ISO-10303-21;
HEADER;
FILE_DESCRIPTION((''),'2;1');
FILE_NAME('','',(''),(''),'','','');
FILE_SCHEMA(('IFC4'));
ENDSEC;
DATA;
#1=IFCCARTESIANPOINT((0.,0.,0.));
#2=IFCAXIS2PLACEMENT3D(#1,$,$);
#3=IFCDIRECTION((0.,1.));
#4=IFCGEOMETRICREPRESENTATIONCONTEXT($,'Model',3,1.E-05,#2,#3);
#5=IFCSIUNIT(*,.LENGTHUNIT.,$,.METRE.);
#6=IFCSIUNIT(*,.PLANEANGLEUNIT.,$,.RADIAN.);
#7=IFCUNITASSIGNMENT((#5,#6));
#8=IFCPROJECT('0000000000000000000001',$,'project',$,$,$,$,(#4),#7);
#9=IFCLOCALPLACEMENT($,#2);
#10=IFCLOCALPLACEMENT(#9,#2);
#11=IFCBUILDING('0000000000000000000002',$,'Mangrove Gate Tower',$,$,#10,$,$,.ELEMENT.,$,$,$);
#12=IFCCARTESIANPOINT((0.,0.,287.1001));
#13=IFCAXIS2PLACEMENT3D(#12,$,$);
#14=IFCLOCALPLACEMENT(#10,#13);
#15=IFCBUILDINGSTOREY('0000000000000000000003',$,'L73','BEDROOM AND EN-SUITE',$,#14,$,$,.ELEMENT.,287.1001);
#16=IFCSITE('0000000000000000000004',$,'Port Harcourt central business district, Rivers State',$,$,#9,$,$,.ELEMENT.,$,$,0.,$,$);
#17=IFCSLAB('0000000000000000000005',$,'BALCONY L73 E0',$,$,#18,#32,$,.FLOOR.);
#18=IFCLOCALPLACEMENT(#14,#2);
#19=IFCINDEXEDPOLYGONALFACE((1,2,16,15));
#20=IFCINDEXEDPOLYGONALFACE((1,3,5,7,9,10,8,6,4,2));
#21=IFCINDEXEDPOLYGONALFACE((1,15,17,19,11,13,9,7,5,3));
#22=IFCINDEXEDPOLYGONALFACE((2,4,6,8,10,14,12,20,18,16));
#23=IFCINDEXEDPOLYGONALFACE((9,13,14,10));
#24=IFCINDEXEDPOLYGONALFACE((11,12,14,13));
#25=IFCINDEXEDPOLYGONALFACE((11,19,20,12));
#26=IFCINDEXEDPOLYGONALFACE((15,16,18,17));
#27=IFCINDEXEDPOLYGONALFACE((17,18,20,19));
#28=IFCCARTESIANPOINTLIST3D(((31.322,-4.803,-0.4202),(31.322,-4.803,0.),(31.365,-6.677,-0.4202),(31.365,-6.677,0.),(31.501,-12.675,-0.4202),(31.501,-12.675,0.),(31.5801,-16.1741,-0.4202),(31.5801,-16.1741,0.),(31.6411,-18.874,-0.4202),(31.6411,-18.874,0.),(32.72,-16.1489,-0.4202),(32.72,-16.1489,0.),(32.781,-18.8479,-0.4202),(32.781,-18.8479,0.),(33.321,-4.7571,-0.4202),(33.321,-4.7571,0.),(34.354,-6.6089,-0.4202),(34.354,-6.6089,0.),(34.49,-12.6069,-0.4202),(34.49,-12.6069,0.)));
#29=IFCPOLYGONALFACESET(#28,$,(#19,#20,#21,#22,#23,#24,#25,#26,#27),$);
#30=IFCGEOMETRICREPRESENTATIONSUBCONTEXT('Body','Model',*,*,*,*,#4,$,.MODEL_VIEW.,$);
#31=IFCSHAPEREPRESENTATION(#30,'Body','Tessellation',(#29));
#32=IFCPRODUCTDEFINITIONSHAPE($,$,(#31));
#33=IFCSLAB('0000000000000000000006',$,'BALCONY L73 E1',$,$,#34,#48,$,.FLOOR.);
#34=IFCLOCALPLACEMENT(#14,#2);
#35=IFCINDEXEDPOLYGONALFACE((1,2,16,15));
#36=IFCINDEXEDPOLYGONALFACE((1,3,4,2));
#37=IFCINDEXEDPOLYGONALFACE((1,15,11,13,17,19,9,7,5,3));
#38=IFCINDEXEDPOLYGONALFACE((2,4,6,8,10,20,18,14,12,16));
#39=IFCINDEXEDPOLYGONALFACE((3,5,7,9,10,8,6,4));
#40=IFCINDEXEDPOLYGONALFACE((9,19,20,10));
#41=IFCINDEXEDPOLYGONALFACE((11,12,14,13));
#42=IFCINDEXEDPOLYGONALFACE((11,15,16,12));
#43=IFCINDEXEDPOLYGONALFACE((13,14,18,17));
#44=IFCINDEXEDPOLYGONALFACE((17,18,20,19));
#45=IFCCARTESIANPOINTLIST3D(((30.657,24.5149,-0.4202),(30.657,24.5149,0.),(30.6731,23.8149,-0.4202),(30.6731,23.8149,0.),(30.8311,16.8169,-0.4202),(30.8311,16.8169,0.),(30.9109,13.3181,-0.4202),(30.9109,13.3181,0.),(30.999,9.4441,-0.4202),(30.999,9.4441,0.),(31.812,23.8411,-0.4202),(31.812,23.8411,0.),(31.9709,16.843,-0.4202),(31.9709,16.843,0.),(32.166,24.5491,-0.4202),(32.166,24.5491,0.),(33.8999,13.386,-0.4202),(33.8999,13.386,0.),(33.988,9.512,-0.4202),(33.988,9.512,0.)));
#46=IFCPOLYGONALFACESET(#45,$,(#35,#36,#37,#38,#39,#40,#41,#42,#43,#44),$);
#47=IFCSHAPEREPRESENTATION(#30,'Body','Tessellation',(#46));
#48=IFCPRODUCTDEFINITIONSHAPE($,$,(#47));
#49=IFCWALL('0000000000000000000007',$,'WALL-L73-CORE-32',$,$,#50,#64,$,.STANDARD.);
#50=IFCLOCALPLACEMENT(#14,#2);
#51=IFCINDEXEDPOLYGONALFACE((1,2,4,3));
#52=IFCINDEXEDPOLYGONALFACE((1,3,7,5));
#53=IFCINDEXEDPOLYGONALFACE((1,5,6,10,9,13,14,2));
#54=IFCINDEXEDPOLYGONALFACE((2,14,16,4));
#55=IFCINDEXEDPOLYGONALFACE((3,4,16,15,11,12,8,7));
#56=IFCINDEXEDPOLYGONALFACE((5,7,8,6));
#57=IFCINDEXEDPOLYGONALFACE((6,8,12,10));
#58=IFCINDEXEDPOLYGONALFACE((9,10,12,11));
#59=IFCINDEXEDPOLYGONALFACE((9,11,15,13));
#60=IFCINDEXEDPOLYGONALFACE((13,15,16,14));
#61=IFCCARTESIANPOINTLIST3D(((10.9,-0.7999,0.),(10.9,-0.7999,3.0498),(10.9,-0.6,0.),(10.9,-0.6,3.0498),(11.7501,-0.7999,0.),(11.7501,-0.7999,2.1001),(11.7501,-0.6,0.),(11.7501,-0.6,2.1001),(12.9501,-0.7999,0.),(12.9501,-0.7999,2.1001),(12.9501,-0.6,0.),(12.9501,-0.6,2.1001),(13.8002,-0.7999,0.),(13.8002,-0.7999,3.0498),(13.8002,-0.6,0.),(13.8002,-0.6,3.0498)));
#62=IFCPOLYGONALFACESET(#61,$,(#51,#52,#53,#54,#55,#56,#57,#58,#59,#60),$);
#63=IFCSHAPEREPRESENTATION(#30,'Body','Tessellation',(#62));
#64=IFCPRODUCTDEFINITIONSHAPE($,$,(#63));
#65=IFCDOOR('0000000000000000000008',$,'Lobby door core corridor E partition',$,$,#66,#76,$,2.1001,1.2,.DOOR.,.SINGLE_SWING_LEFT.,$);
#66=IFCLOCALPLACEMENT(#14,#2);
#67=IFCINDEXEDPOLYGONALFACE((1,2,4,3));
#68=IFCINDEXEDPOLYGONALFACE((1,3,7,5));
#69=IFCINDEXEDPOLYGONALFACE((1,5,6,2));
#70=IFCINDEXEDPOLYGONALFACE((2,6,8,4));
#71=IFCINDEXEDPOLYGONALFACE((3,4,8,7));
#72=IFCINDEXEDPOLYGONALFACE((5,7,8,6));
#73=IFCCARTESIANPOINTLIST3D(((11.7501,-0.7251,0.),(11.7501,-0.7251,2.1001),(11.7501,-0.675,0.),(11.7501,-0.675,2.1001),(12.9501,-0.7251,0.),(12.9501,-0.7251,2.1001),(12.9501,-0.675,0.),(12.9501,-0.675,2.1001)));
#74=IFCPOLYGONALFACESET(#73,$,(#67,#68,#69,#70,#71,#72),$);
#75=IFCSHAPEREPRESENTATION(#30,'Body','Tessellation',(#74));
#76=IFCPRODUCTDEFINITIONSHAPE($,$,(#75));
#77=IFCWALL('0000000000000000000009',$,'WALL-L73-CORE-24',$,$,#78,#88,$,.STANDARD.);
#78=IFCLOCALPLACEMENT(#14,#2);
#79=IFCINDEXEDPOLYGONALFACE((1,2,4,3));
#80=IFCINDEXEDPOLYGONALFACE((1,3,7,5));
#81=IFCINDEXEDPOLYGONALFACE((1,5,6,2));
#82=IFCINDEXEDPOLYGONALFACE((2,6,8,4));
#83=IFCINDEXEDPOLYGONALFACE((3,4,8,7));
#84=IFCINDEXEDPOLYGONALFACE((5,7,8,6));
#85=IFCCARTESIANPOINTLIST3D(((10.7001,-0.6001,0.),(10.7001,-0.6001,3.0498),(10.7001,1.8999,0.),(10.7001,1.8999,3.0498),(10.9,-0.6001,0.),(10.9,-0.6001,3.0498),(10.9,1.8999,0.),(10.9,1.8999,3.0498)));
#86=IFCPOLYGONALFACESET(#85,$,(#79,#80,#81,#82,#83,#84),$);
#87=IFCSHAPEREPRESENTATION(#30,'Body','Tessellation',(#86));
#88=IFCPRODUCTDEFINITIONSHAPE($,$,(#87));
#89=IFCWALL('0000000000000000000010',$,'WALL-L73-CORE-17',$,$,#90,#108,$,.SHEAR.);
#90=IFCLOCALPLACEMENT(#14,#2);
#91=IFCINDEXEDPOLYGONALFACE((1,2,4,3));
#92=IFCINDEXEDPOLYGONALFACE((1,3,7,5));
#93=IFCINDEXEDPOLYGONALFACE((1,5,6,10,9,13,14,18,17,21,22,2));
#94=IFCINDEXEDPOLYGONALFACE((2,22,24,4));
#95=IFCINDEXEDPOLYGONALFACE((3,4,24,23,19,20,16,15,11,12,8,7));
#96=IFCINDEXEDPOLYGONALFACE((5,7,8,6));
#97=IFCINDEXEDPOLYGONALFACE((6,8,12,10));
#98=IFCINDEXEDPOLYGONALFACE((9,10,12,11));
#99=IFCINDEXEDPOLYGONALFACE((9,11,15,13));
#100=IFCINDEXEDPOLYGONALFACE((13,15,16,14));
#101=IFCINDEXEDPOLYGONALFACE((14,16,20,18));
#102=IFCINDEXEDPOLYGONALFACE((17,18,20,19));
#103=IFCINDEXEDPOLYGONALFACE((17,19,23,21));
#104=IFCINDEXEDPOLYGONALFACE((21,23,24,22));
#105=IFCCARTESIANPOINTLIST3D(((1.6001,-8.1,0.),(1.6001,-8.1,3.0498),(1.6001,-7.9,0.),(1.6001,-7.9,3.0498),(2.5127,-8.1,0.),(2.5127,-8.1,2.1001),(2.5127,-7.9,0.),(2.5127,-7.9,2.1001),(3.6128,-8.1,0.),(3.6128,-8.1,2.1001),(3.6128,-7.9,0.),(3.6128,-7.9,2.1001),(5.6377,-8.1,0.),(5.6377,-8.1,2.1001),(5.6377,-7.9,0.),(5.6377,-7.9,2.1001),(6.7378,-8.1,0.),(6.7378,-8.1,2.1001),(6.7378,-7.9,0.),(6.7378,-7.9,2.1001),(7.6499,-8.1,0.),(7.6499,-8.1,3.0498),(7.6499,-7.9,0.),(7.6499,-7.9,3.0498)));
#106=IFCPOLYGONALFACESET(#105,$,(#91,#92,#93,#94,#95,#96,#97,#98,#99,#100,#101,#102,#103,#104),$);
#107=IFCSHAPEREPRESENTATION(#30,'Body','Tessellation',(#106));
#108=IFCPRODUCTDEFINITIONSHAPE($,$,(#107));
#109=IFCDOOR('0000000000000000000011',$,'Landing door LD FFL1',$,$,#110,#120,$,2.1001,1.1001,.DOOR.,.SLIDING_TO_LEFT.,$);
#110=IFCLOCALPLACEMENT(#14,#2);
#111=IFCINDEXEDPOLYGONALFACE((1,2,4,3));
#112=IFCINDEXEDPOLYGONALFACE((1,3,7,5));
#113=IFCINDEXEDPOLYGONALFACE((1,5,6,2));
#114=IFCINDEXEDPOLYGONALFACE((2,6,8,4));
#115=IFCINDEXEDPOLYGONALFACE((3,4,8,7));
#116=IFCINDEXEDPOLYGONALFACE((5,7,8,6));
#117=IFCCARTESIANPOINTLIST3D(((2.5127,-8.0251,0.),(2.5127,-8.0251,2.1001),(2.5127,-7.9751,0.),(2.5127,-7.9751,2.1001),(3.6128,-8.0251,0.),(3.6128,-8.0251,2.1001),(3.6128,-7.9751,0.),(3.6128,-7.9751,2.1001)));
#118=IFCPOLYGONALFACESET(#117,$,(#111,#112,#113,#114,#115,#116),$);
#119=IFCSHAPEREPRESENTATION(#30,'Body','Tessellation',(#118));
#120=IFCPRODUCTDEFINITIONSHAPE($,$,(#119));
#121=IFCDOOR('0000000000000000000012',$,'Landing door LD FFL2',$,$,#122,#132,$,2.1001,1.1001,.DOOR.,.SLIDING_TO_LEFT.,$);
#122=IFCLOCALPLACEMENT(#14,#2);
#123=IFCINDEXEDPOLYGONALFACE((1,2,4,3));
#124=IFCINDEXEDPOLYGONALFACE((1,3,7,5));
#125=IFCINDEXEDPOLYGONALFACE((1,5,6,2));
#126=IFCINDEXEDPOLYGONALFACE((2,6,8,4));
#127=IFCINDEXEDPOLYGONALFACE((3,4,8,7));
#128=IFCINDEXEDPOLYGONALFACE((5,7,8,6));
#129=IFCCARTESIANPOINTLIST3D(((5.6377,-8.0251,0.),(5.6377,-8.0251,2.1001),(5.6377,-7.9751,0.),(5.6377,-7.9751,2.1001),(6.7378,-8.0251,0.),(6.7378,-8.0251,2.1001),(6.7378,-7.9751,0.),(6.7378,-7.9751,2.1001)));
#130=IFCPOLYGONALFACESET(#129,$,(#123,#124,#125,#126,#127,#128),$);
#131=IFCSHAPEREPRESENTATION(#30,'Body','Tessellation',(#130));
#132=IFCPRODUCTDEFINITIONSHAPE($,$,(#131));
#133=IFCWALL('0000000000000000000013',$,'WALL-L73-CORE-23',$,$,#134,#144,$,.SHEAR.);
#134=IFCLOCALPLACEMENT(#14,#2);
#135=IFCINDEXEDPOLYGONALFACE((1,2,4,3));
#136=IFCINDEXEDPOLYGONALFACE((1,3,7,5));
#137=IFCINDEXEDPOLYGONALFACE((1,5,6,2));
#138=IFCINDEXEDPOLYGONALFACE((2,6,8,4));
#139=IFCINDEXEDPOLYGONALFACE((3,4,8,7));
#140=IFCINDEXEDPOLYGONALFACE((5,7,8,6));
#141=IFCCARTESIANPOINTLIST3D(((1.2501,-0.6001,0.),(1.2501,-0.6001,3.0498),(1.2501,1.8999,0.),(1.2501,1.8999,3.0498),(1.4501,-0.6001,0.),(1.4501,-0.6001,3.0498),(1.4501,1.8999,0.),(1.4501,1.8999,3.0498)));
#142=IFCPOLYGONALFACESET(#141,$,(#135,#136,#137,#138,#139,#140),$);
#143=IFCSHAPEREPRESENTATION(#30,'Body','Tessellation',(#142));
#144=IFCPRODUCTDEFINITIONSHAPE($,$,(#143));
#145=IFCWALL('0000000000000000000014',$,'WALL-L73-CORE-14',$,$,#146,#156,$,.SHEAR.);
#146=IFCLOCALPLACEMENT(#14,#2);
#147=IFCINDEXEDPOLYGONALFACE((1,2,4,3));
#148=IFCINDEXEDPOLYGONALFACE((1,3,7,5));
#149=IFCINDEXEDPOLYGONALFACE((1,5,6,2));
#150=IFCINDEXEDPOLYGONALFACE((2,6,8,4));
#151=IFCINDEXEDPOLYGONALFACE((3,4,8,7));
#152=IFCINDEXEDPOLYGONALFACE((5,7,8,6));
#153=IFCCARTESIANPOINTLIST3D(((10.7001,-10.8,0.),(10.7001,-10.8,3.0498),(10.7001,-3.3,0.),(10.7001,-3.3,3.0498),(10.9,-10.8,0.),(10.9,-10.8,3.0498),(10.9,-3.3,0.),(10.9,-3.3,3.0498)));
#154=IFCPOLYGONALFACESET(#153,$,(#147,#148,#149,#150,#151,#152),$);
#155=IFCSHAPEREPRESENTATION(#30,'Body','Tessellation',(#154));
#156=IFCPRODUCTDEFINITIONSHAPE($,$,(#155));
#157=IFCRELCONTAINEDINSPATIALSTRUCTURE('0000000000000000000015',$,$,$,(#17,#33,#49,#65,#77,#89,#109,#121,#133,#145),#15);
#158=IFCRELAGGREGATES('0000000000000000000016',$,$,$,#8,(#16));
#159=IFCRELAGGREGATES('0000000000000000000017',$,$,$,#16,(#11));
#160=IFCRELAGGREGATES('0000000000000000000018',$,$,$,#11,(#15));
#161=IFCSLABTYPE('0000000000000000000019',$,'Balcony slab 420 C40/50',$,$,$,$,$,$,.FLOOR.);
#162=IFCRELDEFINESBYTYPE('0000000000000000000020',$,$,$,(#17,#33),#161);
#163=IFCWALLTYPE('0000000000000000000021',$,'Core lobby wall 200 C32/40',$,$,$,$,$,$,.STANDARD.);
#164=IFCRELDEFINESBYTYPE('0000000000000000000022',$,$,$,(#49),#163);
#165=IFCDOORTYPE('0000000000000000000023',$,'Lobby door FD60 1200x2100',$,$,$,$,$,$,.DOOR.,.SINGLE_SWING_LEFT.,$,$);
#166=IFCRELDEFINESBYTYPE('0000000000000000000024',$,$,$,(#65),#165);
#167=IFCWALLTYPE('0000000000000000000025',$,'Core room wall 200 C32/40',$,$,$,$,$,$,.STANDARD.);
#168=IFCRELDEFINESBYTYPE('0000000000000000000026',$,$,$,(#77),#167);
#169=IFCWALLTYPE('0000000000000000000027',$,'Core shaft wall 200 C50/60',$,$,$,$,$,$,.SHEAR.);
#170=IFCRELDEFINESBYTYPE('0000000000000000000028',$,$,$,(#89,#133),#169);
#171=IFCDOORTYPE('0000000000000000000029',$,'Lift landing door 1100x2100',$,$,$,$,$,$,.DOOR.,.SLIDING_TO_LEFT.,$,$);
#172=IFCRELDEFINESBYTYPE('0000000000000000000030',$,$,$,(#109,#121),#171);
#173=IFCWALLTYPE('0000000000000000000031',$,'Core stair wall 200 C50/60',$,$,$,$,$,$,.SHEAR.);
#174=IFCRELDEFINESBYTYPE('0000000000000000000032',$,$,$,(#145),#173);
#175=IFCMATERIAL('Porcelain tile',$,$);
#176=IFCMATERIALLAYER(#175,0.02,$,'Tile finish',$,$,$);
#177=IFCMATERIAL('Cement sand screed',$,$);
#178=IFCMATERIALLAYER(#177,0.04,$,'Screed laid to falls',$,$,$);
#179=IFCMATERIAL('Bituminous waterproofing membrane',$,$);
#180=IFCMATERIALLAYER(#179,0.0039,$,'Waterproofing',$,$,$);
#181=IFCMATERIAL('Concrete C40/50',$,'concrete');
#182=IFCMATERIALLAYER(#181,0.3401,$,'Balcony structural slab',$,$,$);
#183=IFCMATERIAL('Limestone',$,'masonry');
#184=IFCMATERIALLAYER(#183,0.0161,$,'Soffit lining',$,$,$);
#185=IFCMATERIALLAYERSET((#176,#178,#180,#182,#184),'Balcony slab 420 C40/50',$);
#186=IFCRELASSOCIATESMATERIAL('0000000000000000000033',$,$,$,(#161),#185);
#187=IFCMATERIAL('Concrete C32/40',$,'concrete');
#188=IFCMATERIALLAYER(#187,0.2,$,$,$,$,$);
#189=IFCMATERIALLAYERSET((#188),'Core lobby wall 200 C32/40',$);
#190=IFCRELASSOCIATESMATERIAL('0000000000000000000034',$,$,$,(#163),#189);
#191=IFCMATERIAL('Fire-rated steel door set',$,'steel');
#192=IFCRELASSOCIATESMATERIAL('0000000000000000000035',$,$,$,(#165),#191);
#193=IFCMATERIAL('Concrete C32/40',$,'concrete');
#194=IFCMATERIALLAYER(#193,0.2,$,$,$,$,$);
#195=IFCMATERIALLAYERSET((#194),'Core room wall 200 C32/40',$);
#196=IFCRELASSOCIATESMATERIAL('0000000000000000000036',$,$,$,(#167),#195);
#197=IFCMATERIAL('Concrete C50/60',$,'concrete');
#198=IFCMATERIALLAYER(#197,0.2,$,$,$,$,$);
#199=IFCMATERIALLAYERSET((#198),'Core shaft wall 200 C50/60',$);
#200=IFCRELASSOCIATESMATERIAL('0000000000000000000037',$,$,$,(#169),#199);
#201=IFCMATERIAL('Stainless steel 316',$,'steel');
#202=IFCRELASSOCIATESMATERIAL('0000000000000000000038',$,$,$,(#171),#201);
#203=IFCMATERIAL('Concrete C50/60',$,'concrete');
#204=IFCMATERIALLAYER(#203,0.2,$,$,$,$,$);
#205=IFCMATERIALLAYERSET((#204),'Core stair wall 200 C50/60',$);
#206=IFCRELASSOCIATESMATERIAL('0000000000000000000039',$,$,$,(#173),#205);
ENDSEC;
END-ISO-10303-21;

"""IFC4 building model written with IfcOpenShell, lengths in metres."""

from ifc_helpers import new_model, si_unit, direction, frame, frame_2d, origin, place, context, subcontext, project, spatial, polyline, rectangle, outline, extrude, material, layer, layer_set, type_object, element, fill, save


model = new_model("IFC4")

# Units and contexts
model_context = context("Model", 3, precision=1e-05, world=origin(), true_north=direction((0.0, 1.0)))
body_context = subcontext(model_context, "Body", "Model", "MODEL_VIEW")
ifc_project = project(units=[si_unit("LENGTHUNIT", "METRE"), si_unit("PLANEANGLEUNIT", "RADIAN")], contexts=[model_context])

# Site, building, storey
site_placement = place(None, origin())
site = spatial("IfcSite", under=ifc_project, at=site_placement, Name="Port Harcourt central business district, Rivers State", CompositionType="ELEMENT", RefElevation=0.0)
building_placement = place(site_placement, origin())
building = spatial("IfcBuilding", under=site, at=building_placement, Name="Mangrove Gate Tower", CompositionType="ELEMENT")
storey_placement = place(building_placement, frame((0.0, 0.0, 287.1001)))
storey = spatial("IfcBuildingStorey", under=building, at=storey_placement, Name="L73", Description="BEDROOM AND EN-SUITE", CompositionType="ELEMENT", Elevation=287.1001)

# Slabs
ifc_material_1 = material(Name="Porcelain tile")
ifc_layer_1 = layer(ifc_material_1, 0.02, Name="Tile finish")
ifc_material_2 = material(Name="Cement sand screed")
ifc_layer_2 = layer(ifc_material_2, 0.04, Name="Screed laid to falls")
ifc_material_3 = material(Name="Bituminous waterproofing membrane")
ifc_layer_3 = layer(ifc_material_3, 0.0039, Name="Waterproofing")
ifc_material_4 = material(Name="Concrete C40/50", Category="concrete")
ifc_layer_4 = layer(ifc_material_4, 0.3401, Name="Balcony structural slab")
ifc_material_5 = material(Name="Limestone", Category="masonry")
ifc_layer_5 = layer(ifc_material_5, 0.0161, Name="Soffit lining")
ifc_layer_set_1 = layer_set([ifc_layer_1, ifc_layer_2, ifc_layer_3, ifc_layer_4, ifc_layer_5], Name="Balcony slab 420 C40/50")
slab_type = type_object("IfcSlabType", Name="Balcony slab 420 C40/50", PredefinedType="FLOOR", material=ifc_layer_set_1)
slab_1_placement = place(storey_placement, frame((0.0, 0.0, -0.4202)))
element("IfcSlab", 1, at=slab_1_placement, inside=storey, type_object=slab_type, Name="BALCONY L73 E0", PredefinedType="FLOOR", context=body_context, shape_type="SweptSolid", body=[
    extrude(outline(polyline([(32.781, -18.8479), (32.72, -16.1489), (34.49, -12.6069), (34.354, -6.6089), (33.321, -4.7571), (31.322, -4.803), (31.365, -6.677), (31.501, -12.675), (31.5801, -16.1741), (31.6411, -18.874), (32.781, -18.8479)])), origin(), (0.0, 0.0, 1.0), 0.4202),
])
slab_2_placement = place(storey_placement, frame((0.0, 0.0, -0.4202)))
element("IfcSlab", 2, at=slab_2_placement, inside=storey, type_object=slab_type, Name="BALCONY L73 E1", PredefinedType="FLOOR", context=body_context, shape_type="SweptSolid", body=[
    extrude(outline(polyline([(33.988, 9.512), (33.8999, 13.386), (31.9709, 16.843), (31.812, 23.8411), (32.166, 24.5491), (30.657, 24.5149), (30.6731, 23.8149), (30.8311, 16.8169), (30.9109, 13.3181), (30.999, 9.4441), (33.988, 9.512)])), origin(), (0.0, 0.0, 1.0), 0.4202),
])

# Wall, opening, door
ifc_material_6 = material(Name="Concrete C32/40", Category="concrete")
ifc_layer_6 = layer(ifc_material_6, 0.2)
ifc_layer_set_2 = layer_set([ifc_layer_6], Name="Core lobby wall 200 C32/40")
wall_type_1 = type_object("IfcWallType", Name="Core lobby wall 200 C32/40", PredefinedType="STANDARD", material=ifc_layer_set_2)
wall_1_placement = place(storey_placement, frame((10.8999, -0.7, 0.0), z_axis=(0.0, 0.0, 1.0), x_axis=(1.0, 0.0, 0.0)))
wall_1 = element("IfcWall", 3, at=wall_1_placement, inside=storey, type_object=wall_type_1, Name="WALL-L73-CORE-32", PredefinedType="STANDARD", context=body_context, shape_type="SweptSolid", body=[
    extrude(rectangle(XDim=2.9001, YDim=0.2, at=frame_2d((1.4502, 0.0))), origin(), (0.0, 0.0, 1.0), 3.0498),
])
opening_1_placement = place(wall_1_placement, frame((0.8501, 0.0, 0.0)))
opening_1 = element("IfcOpeningElement", 4, at=opening_1_placement, cuts=wall_1, PredefinedType="OPENING", context=body_context, shape_type="SweptSolid", body=[
    extrude(rectangle(XDim=1.2, YDim=2.1001, at=frame_2d((0.6001, 1.05))), frame((0.0, 0.1099, 0.0), z_axis=(0.0, -1.0, 0.0), x_axis=(1.0, 0.0, 0.0)), (0.0, 0.0, 1.0), 0.22),
])
ifc_material_7 = material(Name="Fire-rated steel door set", Category="steel")
door_type_1 = type_object("IfcDoorType", Name="Lobby door FD60 1200x2100", OperationType="SINGLE_SWING_LEFT", PredefinedType="DOOR", material=ifc_material_7)
door_1_placement = place(opening_1_placement, origin())
door_1 = element("IfcDoor", 5, at=door_1_placement, inside=storey, type_object=door_type_1, Name="Lobby door core corridor E partition", OperationType="SINGLE_SWING_LEFT", OverallHeight=2.1001, OverallWidth=1.2, PredefinedType="DOOR", context=body_context, shape_type="SweptSolid", body=[
    extrude(rectangle(XDim=1.2, YDim=2.1001, at=frame_2d((0.6001, 1.05))), frame((0.0, 0.0249, 0.0), z_axis=(0.0, -1.0, 0.0), x_axis=(1.0, 0.0, 0.0)), (0.0, 0.0, 1.0), 0.05),
])
fill(opening_1, door_1)

# Wall
ifc_material_8 = material(Name="Concrete C32/40", Category="concrete")
ifc_layer_7 = layer(ifc_material_8, 0.2)
ifc_layer_set_3 = layer_set([ifc_layer_7], Name="Core room wall 200 C32/40")
wall_type_2 = type_object("IfcWallType", Name="Core room wall 200 C32/40", PredefinedType="STANDARD", material=ifc_layer_set_3)
wall_2_placement = place(storey_placement, frame((10.8, -0.6001, 0.0), z_axis=(0.0, 0.0, 1.0), x_axis=(0.0, 1.0, 0.0)))
element("IfcWall", 6, at=wall_2_placement, inside=storey, type_object=wall_type_2, Name="WALL-L73-CORE-24", PredefinedType="STANDARD", context=body_context, shape_type="SweptSolid", body=[
    extrude(rectangle(XDim=2.5, YDim=0.2, at=frame_2d((1.25, 0.0))), origin(), (0.0, 0.0, 1.0), 3.0498),
])

# Wall, openings, doors
ifc_material_9 = material(Name="Concrete C50/60", Category="concrete")
ifc_layer_8 = layer(ifc_material_9, 0.2)
ifc_layer_set_4 = layer_set([ifc_layer_8], Name="Core shaft wall 200 C50/60")
wall_type_3 = type_object("IfcWallType", Name="Core shaft wall 200 C50/60", PredefinedType="SHEAR", material=ifc_layer_set_4)
wall_3_placement = place(storey_placement, frame((1.6001, -8.0, 0.0), z_axis=(0.0, 0.0, 1.0), x_axis=(1.0, 0.0, 0.0)))
wall_3 = element("IfcWall", 7, at=wall_3_placement, inside=storey, type_object=wall_type_3, Name="WALL-L73-CORE-17", PredefinedType="SHEAR", context=body_context, shape_type="SweptSolid", body=[
    extrude(rectangle(XDim=6.0498, YDim=0.2, at=frame_2d((3.0249, 0.0))), origin(), (0.0, 0.0, 1.0), 3.0498),
])
opening_2_placement = place(wall_3_placement, frame((0.9126, 0.0, 0.0)))
opening_2 = element("IfcOpeningElement", 8, at=opening_2_placement, cuts=wall_3, PredefinedType="OPENING", context=body_context, shape_type="SweptSolid", body=[
    extrude(rectangle(XDim=1.1001, YDim=2.1001, at=frame_2d((0.55, 1.05))), frame((0.0, 0.1099, 0.0), z_axis=(0.0, -1.0, 0.0), x_axis=(1.0, 0.0, 0.0)), (0.0, 0.0, 1.0), 0.22),
])
opening_3_placement = place(wall_3_placement, frame((4.0376, 0.0, 0.0)))
opening_3 = element("IfcOpeningElement", 9, at=opening_3_placement, cuts=wall_3, PredefinedType="OPENING", context=body_context, shape_type="SweptSolid", body=[
    extrude(rectangle(XDim=1.1001, YDim=2.1001, at=frame_2d((0.55, 1.05))), frame((0.0, 0.1099, 0.0), z_axis=(0.0, -1.0, 0.0), x_axis=(1.0, 0.0, 0.0)), (0.0, 0.0, 1.0), 0.22),
])
ifc_material_10 = material(Name="Stainless steel 316", Category="steel")
door_type_2 = type_object("IfcDoorType", Name="Lift landing door 1100x2100", OperationType="SLIDING_TO_LEFT", PredefinedType="DOOR", material=ifc_material_10)
door_2_placement = place(opening_2_placement, origin())
door_2 = element("IfcDoor", 10, at=door_2_placement, inside=storey, type_object=door_type_2, Name="Landing door LD FFL1", OperationType="SLIDING_TO_LEFT", OverallHeight=2.1001, OverallWidth=1.1001, PredefinedType="DOOR", context=body_context, shape_type="SweptSolid", body=[
    extrude(rectangle(XDim=1.1001, YDim=2.1001, at=frame_2d((0.55, 1.05))), frame((0.0, 0.0249, 0.0), z_axis=(0.0, -1.0, 0.0), x_axis=(1.0, 0.0, 0.0)), (0.0, 0.0, 1.0), 0.05),
])
fill(opening_2, door_2)
door_3_placement = place(opening_3_placement, origin())
door_3 = element("IfcDoor", 11, at=door_3_placement, inside=storey, type_object=door_type_2, Name="Landing door LD FFL2", OperationType="SLIDING_TO_LEFT", OverallHeight=2.1001, OverallWidth=1.1001, PredefinedType="DOOR", context=body_context, shape_type="SweptSolid", body=[
    extrude(rectangle(XDim=1.1001, YDim=2.1001, at=frame_2d((0.55, 1.05))), frame((0.0, 0.0249, 0.0), z_axis=(0.0, -1.0, 0.0), x_axis=(1.0, 0.0, 0.0)), (0.0, 0.0, 1.0), 0.05),
])
fill(opening_3, door_3)

# Walls
wall_4_placement = place(storey_placement, frame((1.3501, -0.6001, 0.0), z_axis=(0.0, 0.0, 1.0), x_axis=(0.0, 1.0, 0.0)))
element("IfcWall", 12, at=wall_4_placement, inside=storey, type_object=wall_type_3, Name="WALL-L73-CORE-23", PredefinedType="SHEAR", context=body_context, shape_type="SweptSolid", body=[
    extrude(rectangle(XDim=2.5, YDim=0.2, at=frame_2d((1.25, 0.0))), origin(), (0.0, 0.0, 1.0), 3.0498),
])
ifc_material_11 = material(Name="Concrete C50/60", Category="concrete")
ifc_layer_9 = layer(ifc_material_11, 0.2)
ifc_layer_set_5 = layer_set([ifc_layer_9], Name="Core stair wall 200 C50/60")
wall_type_4 = type_object("IfcWallType", Name="Core stair wall 200 C50/60", PredefinedType="SHEAR", material=ifc_layer_set_5)
wall_5_placement = place(storey_placement, frame((10.8, -10.8, 0.0), z_axis=(0.0, 0.0, 1.0), x_axis=(0.0, 1.0, 0.0)))
element("IfcWall", 13, at=wall_5_placement, inside=storey, type_object=wall_type_4, Name="WALL-L73-CORE-14", PredefinedType="SHEAR", context=body_context, shape_type="SweptSolid", body=[
    extrude(rectangle(XDim=7.5, YDim=0.2, at=frame_2d((3.75, 0.0))), origin(), (0.0, 0.0, 1.0), 3.0498),
])

save(model, "model.ifc")
